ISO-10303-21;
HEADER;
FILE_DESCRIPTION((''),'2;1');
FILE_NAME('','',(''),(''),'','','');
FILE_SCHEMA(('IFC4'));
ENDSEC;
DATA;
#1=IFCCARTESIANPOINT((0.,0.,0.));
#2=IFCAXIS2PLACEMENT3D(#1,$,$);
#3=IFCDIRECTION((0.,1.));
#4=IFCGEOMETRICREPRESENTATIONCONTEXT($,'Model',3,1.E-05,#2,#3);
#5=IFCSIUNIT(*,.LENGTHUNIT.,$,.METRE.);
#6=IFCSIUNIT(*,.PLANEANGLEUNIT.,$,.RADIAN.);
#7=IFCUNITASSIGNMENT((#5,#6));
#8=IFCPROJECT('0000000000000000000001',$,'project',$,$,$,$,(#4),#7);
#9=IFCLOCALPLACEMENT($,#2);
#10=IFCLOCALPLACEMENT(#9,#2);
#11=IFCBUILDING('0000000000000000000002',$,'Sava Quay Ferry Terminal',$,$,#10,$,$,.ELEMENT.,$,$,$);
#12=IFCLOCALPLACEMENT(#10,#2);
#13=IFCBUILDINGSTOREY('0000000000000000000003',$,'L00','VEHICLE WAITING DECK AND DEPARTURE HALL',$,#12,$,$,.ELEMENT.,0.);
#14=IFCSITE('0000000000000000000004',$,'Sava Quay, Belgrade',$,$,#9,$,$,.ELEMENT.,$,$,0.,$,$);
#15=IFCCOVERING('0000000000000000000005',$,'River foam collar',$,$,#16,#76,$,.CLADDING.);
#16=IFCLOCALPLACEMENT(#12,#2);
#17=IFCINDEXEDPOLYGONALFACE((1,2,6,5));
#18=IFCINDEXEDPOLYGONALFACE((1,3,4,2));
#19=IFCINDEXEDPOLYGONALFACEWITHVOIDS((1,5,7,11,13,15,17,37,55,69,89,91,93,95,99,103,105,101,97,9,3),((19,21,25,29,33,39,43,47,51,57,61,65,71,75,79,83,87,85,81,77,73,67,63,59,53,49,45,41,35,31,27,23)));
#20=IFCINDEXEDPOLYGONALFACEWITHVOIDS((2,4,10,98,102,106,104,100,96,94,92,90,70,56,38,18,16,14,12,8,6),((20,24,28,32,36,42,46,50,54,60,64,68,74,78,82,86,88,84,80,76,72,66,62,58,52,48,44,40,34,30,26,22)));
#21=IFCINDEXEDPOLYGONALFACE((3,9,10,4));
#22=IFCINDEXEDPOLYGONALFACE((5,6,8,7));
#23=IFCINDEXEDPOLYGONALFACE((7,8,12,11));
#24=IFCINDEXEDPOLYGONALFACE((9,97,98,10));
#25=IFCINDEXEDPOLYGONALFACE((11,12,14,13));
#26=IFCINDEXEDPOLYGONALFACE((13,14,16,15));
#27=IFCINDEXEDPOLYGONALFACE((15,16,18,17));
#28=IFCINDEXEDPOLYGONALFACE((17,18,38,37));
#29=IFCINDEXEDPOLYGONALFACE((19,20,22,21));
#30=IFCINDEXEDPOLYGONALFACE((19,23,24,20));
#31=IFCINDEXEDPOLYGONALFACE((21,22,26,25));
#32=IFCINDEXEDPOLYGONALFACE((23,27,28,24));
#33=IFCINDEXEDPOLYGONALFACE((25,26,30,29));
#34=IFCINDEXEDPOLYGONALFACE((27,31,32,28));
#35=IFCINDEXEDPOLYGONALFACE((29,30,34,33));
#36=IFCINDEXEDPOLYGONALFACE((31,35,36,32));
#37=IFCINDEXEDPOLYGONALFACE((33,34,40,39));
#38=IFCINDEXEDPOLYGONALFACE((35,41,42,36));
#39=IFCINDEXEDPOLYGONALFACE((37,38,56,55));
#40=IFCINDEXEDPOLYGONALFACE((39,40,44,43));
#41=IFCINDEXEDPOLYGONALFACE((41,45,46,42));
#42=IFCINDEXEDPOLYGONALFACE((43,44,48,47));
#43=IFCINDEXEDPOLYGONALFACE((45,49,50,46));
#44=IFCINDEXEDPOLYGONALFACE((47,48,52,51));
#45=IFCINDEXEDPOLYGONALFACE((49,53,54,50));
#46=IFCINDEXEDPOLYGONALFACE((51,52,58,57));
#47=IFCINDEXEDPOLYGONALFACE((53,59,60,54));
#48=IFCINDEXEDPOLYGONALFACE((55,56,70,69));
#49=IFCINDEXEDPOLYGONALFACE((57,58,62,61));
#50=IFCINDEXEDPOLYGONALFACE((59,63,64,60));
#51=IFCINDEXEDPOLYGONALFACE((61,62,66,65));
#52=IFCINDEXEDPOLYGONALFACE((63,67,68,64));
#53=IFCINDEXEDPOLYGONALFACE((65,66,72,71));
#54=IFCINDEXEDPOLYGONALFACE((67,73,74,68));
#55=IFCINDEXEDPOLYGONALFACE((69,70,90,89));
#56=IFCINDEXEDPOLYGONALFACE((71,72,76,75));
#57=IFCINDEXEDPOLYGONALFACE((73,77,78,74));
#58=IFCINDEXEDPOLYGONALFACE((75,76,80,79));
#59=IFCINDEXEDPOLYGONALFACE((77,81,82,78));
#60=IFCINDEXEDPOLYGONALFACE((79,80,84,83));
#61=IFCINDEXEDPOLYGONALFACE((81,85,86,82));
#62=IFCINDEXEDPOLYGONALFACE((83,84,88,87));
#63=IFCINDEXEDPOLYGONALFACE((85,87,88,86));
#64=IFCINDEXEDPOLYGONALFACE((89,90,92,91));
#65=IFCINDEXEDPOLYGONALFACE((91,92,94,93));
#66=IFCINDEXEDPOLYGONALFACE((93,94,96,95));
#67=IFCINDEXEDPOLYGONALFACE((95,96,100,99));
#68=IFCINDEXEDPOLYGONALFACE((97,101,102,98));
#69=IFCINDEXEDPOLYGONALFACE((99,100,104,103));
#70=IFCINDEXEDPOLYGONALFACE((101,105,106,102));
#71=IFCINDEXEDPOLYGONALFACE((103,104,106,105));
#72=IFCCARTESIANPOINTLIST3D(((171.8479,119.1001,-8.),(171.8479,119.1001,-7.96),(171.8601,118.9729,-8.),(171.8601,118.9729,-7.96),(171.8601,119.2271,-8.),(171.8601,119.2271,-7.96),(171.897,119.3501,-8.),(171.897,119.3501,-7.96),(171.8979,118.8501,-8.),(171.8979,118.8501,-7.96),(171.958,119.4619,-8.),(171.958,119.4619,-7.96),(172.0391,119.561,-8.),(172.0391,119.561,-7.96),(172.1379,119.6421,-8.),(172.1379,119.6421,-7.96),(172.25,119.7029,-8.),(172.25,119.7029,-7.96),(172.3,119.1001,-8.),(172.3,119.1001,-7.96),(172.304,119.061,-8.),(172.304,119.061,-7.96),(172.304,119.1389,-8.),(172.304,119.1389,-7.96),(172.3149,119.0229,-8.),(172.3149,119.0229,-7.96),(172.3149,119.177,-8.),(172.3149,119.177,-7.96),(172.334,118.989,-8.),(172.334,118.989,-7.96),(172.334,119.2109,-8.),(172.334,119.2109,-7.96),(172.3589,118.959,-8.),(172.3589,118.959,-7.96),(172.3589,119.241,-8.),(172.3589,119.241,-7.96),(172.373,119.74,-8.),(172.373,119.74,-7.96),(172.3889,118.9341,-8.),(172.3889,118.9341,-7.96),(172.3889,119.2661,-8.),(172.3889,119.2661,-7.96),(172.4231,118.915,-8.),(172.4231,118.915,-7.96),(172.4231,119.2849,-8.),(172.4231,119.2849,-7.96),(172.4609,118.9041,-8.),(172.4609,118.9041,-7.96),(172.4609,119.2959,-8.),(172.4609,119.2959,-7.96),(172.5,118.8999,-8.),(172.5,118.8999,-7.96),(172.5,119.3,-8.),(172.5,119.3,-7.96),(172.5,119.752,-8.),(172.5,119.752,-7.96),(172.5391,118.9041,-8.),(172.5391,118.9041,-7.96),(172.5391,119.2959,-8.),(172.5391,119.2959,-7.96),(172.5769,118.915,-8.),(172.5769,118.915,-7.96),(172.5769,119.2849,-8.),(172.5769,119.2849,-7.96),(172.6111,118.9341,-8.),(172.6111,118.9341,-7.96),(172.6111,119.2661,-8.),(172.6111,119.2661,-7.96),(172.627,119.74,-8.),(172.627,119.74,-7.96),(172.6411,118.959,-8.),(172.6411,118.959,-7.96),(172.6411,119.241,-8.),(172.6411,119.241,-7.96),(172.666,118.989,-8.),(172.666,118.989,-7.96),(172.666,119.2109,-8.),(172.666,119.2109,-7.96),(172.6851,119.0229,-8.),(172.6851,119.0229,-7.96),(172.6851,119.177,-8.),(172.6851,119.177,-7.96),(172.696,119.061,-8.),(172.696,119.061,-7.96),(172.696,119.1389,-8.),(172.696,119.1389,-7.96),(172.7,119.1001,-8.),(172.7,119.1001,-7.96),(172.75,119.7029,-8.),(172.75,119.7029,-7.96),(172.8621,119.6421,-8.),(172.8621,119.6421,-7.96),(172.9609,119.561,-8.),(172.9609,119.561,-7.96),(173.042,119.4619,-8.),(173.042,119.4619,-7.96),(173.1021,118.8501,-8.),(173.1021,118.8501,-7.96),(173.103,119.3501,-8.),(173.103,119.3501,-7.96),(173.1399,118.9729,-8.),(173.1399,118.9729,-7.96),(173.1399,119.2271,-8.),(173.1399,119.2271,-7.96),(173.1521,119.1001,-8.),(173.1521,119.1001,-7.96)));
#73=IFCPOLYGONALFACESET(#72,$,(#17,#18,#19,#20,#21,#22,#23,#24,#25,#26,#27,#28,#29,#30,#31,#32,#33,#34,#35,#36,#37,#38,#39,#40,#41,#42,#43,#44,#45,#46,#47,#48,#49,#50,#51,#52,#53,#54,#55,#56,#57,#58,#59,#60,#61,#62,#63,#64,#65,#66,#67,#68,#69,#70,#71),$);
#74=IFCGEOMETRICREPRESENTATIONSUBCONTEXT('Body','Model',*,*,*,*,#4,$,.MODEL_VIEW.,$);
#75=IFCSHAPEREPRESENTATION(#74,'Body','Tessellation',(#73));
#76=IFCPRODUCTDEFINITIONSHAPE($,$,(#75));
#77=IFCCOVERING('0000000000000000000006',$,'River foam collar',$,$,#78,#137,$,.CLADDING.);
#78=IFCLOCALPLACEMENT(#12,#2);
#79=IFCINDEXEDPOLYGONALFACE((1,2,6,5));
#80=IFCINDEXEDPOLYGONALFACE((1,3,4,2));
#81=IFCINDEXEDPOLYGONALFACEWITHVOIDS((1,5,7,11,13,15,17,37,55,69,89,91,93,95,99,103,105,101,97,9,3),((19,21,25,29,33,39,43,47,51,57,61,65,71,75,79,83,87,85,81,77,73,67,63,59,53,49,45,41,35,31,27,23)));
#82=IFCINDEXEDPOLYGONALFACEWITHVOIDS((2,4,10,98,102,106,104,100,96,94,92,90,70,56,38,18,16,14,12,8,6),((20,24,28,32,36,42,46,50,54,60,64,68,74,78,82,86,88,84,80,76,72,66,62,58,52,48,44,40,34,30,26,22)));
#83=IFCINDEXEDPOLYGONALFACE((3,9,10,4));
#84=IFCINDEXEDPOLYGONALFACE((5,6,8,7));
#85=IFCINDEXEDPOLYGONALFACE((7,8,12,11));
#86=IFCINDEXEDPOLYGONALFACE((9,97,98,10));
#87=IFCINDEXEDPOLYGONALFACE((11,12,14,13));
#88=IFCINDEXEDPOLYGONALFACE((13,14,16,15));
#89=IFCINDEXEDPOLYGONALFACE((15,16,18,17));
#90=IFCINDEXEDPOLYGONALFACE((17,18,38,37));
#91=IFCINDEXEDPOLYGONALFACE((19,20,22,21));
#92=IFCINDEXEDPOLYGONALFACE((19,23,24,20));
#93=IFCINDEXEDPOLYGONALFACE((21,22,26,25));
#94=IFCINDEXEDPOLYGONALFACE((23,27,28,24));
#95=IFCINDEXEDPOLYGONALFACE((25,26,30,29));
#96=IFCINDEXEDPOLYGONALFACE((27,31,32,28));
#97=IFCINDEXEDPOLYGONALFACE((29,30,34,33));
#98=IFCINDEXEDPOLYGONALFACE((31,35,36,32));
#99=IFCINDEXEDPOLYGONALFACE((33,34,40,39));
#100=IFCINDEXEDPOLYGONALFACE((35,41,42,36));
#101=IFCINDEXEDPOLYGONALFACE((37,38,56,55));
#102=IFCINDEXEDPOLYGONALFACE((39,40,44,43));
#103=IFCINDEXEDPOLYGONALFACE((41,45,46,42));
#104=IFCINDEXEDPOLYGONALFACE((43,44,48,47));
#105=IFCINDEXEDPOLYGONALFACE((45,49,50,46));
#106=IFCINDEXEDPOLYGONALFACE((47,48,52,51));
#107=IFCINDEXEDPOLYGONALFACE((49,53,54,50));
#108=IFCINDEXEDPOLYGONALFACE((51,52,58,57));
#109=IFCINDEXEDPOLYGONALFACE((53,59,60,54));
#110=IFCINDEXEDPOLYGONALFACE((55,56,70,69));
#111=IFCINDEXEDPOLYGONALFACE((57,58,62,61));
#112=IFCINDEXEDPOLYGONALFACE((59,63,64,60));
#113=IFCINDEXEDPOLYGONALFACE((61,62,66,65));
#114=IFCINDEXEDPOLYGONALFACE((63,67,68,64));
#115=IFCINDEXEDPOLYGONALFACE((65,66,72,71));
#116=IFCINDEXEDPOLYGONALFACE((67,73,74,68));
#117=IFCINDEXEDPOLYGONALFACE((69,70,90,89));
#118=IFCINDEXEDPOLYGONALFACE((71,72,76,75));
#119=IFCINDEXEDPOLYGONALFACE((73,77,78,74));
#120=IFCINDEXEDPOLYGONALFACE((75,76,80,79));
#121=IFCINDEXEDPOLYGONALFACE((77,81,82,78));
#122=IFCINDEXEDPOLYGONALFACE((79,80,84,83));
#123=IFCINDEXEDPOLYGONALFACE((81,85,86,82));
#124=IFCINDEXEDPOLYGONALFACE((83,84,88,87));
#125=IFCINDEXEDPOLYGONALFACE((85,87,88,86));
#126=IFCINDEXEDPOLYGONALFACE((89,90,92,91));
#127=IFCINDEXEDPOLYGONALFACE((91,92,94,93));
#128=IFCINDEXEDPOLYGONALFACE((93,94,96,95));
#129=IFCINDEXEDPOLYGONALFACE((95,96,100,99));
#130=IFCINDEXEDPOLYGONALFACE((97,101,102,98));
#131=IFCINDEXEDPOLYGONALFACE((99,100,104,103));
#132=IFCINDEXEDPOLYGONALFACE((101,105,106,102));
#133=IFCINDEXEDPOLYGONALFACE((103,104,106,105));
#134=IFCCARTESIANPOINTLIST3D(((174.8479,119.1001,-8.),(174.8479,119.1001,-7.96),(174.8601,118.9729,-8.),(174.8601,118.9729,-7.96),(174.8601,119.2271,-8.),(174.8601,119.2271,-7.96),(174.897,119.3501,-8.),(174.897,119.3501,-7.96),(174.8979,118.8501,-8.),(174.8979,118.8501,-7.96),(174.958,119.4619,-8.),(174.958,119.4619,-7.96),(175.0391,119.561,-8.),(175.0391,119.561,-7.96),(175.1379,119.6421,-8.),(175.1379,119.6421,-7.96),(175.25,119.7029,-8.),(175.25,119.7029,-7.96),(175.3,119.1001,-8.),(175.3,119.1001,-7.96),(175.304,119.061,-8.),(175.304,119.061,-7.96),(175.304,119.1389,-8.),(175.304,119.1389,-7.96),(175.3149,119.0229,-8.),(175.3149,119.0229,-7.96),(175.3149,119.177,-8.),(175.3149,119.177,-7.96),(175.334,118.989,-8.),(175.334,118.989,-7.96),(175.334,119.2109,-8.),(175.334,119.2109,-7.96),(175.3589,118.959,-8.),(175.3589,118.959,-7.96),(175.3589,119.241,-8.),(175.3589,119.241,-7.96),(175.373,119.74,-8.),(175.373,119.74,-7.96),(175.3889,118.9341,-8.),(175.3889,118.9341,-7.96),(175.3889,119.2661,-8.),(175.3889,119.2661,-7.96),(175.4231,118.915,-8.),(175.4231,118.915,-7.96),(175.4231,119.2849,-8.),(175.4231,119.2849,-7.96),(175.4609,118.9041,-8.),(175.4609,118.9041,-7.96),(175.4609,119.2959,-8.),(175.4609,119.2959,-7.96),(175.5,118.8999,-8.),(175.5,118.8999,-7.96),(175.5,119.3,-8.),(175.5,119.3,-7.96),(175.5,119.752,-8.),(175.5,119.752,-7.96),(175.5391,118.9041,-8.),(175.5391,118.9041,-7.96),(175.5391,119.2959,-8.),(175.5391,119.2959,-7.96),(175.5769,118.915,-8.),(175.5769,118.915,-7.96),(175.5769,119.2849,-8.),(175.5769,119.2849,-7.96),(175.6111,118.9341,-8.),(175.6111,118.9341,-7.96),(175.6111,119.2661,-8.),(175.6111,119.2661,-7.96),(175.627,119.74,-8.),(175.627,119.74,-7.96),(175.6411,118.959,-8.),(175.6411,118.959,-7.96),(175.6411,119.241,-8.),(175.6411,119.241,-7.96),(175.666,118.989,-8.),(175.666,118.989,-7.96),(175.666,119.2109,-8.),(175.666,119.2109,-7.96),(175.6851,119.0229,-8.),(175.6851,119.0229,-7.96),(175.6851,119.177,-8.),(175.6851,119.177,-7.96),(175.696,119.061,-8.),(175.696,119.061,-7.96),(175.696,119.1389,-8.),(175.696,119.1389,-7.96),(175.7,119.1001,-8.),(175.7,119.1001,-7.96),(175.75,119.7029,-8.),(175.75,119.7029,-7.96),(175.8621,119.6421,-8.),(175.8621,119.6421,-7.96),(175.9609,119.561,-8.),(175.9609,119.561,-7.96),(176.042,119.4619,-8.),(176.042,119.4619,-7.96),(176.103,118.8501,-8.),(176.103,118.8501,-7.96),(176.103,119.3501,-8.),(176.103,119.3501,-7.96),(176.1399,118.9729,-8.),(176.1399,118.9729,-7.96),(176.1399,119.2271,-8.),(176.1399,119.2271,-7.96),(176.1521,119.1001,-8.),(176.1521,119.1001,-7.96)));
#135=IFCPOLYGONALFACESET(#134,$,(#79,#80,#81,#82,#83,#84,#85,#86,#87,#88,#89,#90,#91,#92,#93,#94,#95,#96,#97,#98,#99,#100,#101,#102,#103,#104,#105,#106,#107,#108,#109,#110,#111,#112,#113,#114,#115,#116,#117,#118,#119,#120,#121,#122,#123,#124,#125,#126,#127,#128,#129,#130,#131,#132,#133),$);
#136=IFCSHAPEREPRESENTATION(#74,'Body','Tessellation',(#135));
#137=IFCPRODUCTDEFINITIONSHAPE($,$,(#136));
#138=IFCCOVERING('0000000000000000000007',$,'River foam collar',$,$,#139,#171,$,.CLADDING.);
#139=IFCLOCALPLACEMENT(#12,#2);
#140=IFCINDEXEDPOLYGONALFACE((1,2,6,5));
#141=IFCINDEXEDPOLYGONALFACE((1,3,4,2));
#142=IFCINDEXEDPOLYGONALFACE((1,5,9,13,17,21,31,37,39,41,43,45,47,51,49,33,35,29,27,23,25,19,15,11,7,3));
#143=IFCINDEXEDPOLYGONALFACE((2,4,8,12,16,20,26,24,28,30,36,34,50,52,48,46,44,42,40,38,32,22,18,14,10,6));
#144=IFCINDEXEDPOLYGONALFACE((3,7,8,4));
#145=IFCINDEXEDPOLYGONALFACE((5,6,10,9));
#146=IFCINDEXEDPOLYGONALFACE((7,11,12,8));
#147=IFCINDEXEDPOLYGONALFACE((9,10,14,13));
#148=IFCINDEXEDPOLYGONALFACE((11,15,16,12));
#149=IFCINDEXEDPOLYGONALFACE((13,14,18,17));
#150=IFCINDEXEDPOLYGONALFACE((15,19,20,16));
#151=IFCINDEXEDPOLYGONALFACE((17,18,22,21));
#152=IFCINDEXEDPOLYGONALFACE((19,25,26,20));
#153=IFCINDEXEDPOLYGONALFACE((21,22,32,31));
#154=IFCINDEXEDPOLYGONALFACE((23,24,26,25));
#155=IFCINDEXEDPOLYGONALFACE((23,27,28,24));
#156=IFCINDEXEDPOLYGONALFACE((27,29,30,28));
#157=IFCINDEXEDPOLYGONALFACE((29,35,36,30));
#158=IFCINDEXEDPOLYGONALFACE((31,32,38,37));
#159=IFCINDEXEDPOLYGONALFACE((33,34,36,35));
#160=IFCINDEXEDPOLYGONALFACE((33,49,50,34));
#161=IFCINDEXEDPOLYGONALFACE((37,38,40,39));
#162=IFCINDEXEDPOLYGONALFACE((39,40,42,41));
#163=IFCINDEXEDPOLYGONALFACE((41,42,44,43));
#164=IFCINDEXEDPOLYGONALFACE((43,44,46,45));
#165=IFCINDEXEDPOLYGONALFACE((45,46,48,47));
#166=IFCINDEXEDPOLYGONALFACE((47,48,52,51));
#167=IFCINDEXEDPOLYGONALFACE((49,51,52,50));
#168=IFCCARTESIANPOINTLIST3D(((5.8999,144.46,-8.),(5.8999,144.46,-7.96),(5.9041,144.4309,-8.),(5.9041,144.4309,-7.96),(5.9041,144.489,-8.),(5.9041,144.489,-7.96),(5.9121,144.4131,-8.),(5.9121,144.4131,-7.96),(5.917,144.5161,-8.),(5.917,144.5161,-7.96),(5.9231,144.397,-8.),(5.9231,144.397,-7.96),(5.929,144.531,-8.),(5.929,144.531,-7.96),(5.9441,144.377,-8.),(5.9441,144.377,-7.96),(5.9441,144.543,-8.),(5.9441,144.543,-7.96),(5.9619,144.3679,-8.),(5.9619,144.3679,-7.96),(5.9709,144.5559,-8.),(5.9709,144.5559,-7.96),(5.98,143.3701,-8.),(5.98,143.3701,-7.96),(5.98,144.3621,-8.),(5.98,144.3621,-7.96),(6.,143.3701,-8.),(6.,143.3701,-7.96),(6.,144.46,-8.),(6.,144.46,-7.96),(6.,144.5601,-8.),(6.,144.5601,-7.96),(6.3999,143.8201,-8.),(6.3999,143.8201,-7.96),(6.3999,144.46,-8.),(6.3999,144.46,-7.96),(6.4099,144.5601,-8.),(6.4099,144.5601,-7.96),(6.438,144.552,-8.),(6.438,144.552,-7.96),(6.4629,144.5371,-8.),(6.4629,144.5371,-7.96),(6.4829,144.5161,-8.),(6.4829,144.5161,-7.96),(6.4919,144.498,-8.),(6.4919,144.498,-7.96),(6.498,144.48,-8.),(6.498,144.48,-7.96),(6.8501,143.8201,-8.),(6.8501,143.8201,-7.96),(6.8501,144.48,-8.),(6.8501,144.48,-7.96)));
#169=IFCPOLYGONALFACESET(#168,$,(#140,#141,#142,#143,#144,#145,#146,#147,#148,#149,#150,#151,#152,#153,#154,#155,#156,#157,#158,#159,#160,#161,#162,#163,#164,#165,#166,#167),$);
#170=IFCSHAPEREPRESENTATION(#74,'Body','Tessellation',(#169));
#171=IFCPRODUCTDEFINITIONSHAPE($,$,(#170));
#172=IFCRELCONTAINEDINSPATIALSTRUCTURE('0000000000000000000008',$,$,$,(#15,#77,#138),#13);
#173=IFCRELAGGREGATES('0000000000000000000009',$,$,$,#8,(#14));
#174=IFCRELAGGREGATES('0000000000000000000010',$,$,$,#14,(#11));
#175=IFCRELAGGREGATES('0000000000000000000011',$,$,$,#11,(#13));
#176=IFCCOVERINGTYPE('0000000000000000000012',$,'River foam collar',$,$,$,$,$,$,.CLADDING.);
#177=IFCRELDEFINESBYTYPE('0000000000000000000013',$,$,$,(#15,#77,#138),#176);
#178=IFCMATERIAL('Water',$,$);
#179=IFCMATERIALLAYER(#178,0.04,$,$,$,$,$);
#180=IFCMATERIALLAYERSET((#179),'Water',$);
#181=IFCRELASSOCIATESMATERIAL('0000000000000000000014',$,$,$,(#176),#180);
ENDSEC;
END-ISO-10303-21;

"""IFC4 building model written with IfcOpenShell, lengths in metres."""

from ifc_helpers import new_model, si_unit, direction, frame, origin, place, context, subcontext, project, spatial, polyline, outline, extrude, material, layer, layer_set, type_object, element, save


model = new_model("IFC4")

# Units and contexts
model_context = context("Model", 3, precision=1e-05, world=origin(), true_north=direction((0.0, 1.0)))
body_context = subcontext(model_context, "Body", "Model", "MODEL_VIEW")
ifc_project = project(units=[si_unit("LENGTHUNIT", "METRE"), si_unit("PLANEANGLEUNIT", "RADIAN")], contexts=[model_context])

# Site, building, storey
site_placement = place(None, origin())
site = spatial("IfcSite", under=ifc_project, at=site_placement, Name="Sava Quay, Belgrade", CompositionType="ELEMENT", RefElevation=0.0)
building_placement = place(site_placement, origin())
building = spatial("IfcBuilding", under=site, at=building_placement, Name="Sava Quay Ferry Terminal", CompositionType="ELEMENT")
storey_placement = place(building_placement, origin())
storey = spatial("IfcBuildingStorey", under=building, at=storey_placement, Name="L00", Description="VEHICLE WAITING DECK AND DEPARTURE HALL", CompositionType="ELEMENT", Elevation=0.0)

# Coverings
ifc_material_1 = material(Name="Water")
ifc_layer_1 = layer(ifc_material_1, 0.04)
ifc_layer_set_1 = layer_set([ifc_layer_1], Name="Water")
covering_type_1 = type_object("IfcCoveringType", Name="River foam collar", PredefinedType="CLADDING", material=ifc_layer_set_1)
covering_1_placement = place(storey_placement, frame((0.0, 0.0, -8.0)))
element("IfcCovering", 1, at=covering_1_placement, inside=storey, type_object=covering_type_1, Name="River foam collar", PredefinedType="CLADDING", context=body_context, shape_type="SweptSolid", body=[
    extrude(outline(polyline([(171.8601, 119.2271), (171.8479, 119.1001), (171.8601, 118.9729), (171.8979, 118.8501), (173.1021, 118.8501), (173.1399, 118.9729), (173.1521, 119.1001), (173.1399, 119.2271), (173.103, 119.3501), (173.042, 119.4619), (172.9609, 119.561), (172.8621, 119.6421), (172.75, 119.7029), (172.627, 119.74), (172.5, 119.752), (172.373, 119.74), (172.25, 119.7029), (172.1379, 119.6421), (172.0391, 119.561), (171.958, 119.4619), (171.897, 119.3501), (171.8601, 119.2271)]), holes=[polyline([(172.3149, 119.0229), (172.304, 119.061), (172.3, 119.1001), (172.304, 119.1389), (172.3149, 119.177), (172.334, 119.2109), (172.3589, 119.241), (172.3889, 119.2661), (172.4231, 119.2849), (172.4609, 119.2959), (172.5, 119.3), (172.5391, 119.2959), (172.5769, 119.2849), (172.6111, 119.2661), (172.6411, 119.241), (172.666, 119.2109), (172.6851, 119.177), (172.696, 119.1389), (172.7, 119.1001), (172.696, 119.061), (172.6851, 119.0229), (172.666, 118.989), (172.6411, 118.959), (172.6111, 118.9341), (172.5769, 118.915), (172.5391, 118.9041), (172.5, 118.8999), (172.4609, 118.9041), (172.4231, 118.915), (172.3889, 118.9341), (172.3589, 118.959), (172.334, 118.989), (172.3149, 119.0229)])]), origin(), (0.0, 0.0, 1.0), 0.04),
])
covering_2_placement = place(storey_placement, frame((0.0, 0.0, -8.0)))
element("IfcCovering", 2, at=covering_2_placement, inside=storey, type_object=covering_type_1, Name="River foam collar", PredefinedType="CLADDING", context=body_context, shape_type="SweptSolid", body=[
    extrude(outline(polyline([(174.897, 119.3501), (174.8601, 119.2271), (174.8479, 119.1001), (174.8601, 118.9729), (174.8979, 118.8501), (176.103, 118.8501), (176.1399, 118.9729), (176.1521, 119.1001), (176.1399, 119.2271), (176.103, 119.3501), (176.042, 119.4619), (175.9609, 119.561), (175.8621, 119.6421), (175.75, 119.7029), (175.627, 119.74), (175.5, 119.752), (175.373, 119.74), (175.25, 119.7029), (175.1379, 119.6421), (175.0391, 119.561), (174.958, 119.4619), (174.897, 119.3501)]), holes=[polyline([(175.334, 118.989), (175.3149, 119.0229), (175.304, 119.061), (175.3, 119.1001), (175.304, 119.1389), (175.3149, 119.177), (175.334, 119.2109), (175.3589, 119.241), (175.3889, 119.2661), (175.4231, 119.2849), (175.4609, 119.2959), (175.5, 119.3), (175.5391, 119.2959), (175.5769, 119.2849), (175.6111, 119.2661), (175.6411, 119.241), (175.666, 119.2109), (175.6851, 119.177), (175.696, 119.1389), (175.7, 119.1001), (175.696, 119.061), (175.6851, 119.0229), (175.666, 118.989), (175.6411, 118.959), (175.6111, 118.9341), (175.5769, 118.915), (175.5391, 118.9041), (175.5, 118.8999), (175.4609, 118.9041), (175.4231, 118.915), (175.3889, 118.9341), (175.3589, 118.959), (175.334, 118.989)])]), origin(), (0.0, 0.0, 1.0), 0.04),
])
covering_3_placement = place(storey_placement, frame((0.0, 0.0, -8.0)))
element("IfcCovering", 3, at=covering_3_placement, inside=storey, type_object=covering_type_1, Name="River foam collar", PredefinedType="CLADDING", context=body_context, shape_type="SweptSolid", body=[
    extrude(outline(polyline([(6.4629, 144.5371), (6.438, 144.552), (6.4099, 144.5601), (6.0, 144.5601), (5.9709, 144.5559), (5.9441, 144.543), (5.929, 144.531), (5.917, 144.5161), (5.9041, 144.489), (5.8999, 144.46), (5.9041, 144.4309), (5.9121, 144.4131), (5.9231, 144.397), (5.9441, 144.377), (5.9619, 144.3679), (5.98, 144.3621), (5.98, 143.3701), (6.0, 143.3701), (6.0, 144.46), (6.3999, 144.46), (6.3999, 143.8201), (6.8501, 143.8201), (6.8501, 144.48), (6.498, 144.48), (6.4919, 144.498), (6.4829, 144.5161), (6.4629, 144.5371)])), origin(), (0.0, 0.0, 1.0), 0.04),
])

save(model, "model.ifc")
